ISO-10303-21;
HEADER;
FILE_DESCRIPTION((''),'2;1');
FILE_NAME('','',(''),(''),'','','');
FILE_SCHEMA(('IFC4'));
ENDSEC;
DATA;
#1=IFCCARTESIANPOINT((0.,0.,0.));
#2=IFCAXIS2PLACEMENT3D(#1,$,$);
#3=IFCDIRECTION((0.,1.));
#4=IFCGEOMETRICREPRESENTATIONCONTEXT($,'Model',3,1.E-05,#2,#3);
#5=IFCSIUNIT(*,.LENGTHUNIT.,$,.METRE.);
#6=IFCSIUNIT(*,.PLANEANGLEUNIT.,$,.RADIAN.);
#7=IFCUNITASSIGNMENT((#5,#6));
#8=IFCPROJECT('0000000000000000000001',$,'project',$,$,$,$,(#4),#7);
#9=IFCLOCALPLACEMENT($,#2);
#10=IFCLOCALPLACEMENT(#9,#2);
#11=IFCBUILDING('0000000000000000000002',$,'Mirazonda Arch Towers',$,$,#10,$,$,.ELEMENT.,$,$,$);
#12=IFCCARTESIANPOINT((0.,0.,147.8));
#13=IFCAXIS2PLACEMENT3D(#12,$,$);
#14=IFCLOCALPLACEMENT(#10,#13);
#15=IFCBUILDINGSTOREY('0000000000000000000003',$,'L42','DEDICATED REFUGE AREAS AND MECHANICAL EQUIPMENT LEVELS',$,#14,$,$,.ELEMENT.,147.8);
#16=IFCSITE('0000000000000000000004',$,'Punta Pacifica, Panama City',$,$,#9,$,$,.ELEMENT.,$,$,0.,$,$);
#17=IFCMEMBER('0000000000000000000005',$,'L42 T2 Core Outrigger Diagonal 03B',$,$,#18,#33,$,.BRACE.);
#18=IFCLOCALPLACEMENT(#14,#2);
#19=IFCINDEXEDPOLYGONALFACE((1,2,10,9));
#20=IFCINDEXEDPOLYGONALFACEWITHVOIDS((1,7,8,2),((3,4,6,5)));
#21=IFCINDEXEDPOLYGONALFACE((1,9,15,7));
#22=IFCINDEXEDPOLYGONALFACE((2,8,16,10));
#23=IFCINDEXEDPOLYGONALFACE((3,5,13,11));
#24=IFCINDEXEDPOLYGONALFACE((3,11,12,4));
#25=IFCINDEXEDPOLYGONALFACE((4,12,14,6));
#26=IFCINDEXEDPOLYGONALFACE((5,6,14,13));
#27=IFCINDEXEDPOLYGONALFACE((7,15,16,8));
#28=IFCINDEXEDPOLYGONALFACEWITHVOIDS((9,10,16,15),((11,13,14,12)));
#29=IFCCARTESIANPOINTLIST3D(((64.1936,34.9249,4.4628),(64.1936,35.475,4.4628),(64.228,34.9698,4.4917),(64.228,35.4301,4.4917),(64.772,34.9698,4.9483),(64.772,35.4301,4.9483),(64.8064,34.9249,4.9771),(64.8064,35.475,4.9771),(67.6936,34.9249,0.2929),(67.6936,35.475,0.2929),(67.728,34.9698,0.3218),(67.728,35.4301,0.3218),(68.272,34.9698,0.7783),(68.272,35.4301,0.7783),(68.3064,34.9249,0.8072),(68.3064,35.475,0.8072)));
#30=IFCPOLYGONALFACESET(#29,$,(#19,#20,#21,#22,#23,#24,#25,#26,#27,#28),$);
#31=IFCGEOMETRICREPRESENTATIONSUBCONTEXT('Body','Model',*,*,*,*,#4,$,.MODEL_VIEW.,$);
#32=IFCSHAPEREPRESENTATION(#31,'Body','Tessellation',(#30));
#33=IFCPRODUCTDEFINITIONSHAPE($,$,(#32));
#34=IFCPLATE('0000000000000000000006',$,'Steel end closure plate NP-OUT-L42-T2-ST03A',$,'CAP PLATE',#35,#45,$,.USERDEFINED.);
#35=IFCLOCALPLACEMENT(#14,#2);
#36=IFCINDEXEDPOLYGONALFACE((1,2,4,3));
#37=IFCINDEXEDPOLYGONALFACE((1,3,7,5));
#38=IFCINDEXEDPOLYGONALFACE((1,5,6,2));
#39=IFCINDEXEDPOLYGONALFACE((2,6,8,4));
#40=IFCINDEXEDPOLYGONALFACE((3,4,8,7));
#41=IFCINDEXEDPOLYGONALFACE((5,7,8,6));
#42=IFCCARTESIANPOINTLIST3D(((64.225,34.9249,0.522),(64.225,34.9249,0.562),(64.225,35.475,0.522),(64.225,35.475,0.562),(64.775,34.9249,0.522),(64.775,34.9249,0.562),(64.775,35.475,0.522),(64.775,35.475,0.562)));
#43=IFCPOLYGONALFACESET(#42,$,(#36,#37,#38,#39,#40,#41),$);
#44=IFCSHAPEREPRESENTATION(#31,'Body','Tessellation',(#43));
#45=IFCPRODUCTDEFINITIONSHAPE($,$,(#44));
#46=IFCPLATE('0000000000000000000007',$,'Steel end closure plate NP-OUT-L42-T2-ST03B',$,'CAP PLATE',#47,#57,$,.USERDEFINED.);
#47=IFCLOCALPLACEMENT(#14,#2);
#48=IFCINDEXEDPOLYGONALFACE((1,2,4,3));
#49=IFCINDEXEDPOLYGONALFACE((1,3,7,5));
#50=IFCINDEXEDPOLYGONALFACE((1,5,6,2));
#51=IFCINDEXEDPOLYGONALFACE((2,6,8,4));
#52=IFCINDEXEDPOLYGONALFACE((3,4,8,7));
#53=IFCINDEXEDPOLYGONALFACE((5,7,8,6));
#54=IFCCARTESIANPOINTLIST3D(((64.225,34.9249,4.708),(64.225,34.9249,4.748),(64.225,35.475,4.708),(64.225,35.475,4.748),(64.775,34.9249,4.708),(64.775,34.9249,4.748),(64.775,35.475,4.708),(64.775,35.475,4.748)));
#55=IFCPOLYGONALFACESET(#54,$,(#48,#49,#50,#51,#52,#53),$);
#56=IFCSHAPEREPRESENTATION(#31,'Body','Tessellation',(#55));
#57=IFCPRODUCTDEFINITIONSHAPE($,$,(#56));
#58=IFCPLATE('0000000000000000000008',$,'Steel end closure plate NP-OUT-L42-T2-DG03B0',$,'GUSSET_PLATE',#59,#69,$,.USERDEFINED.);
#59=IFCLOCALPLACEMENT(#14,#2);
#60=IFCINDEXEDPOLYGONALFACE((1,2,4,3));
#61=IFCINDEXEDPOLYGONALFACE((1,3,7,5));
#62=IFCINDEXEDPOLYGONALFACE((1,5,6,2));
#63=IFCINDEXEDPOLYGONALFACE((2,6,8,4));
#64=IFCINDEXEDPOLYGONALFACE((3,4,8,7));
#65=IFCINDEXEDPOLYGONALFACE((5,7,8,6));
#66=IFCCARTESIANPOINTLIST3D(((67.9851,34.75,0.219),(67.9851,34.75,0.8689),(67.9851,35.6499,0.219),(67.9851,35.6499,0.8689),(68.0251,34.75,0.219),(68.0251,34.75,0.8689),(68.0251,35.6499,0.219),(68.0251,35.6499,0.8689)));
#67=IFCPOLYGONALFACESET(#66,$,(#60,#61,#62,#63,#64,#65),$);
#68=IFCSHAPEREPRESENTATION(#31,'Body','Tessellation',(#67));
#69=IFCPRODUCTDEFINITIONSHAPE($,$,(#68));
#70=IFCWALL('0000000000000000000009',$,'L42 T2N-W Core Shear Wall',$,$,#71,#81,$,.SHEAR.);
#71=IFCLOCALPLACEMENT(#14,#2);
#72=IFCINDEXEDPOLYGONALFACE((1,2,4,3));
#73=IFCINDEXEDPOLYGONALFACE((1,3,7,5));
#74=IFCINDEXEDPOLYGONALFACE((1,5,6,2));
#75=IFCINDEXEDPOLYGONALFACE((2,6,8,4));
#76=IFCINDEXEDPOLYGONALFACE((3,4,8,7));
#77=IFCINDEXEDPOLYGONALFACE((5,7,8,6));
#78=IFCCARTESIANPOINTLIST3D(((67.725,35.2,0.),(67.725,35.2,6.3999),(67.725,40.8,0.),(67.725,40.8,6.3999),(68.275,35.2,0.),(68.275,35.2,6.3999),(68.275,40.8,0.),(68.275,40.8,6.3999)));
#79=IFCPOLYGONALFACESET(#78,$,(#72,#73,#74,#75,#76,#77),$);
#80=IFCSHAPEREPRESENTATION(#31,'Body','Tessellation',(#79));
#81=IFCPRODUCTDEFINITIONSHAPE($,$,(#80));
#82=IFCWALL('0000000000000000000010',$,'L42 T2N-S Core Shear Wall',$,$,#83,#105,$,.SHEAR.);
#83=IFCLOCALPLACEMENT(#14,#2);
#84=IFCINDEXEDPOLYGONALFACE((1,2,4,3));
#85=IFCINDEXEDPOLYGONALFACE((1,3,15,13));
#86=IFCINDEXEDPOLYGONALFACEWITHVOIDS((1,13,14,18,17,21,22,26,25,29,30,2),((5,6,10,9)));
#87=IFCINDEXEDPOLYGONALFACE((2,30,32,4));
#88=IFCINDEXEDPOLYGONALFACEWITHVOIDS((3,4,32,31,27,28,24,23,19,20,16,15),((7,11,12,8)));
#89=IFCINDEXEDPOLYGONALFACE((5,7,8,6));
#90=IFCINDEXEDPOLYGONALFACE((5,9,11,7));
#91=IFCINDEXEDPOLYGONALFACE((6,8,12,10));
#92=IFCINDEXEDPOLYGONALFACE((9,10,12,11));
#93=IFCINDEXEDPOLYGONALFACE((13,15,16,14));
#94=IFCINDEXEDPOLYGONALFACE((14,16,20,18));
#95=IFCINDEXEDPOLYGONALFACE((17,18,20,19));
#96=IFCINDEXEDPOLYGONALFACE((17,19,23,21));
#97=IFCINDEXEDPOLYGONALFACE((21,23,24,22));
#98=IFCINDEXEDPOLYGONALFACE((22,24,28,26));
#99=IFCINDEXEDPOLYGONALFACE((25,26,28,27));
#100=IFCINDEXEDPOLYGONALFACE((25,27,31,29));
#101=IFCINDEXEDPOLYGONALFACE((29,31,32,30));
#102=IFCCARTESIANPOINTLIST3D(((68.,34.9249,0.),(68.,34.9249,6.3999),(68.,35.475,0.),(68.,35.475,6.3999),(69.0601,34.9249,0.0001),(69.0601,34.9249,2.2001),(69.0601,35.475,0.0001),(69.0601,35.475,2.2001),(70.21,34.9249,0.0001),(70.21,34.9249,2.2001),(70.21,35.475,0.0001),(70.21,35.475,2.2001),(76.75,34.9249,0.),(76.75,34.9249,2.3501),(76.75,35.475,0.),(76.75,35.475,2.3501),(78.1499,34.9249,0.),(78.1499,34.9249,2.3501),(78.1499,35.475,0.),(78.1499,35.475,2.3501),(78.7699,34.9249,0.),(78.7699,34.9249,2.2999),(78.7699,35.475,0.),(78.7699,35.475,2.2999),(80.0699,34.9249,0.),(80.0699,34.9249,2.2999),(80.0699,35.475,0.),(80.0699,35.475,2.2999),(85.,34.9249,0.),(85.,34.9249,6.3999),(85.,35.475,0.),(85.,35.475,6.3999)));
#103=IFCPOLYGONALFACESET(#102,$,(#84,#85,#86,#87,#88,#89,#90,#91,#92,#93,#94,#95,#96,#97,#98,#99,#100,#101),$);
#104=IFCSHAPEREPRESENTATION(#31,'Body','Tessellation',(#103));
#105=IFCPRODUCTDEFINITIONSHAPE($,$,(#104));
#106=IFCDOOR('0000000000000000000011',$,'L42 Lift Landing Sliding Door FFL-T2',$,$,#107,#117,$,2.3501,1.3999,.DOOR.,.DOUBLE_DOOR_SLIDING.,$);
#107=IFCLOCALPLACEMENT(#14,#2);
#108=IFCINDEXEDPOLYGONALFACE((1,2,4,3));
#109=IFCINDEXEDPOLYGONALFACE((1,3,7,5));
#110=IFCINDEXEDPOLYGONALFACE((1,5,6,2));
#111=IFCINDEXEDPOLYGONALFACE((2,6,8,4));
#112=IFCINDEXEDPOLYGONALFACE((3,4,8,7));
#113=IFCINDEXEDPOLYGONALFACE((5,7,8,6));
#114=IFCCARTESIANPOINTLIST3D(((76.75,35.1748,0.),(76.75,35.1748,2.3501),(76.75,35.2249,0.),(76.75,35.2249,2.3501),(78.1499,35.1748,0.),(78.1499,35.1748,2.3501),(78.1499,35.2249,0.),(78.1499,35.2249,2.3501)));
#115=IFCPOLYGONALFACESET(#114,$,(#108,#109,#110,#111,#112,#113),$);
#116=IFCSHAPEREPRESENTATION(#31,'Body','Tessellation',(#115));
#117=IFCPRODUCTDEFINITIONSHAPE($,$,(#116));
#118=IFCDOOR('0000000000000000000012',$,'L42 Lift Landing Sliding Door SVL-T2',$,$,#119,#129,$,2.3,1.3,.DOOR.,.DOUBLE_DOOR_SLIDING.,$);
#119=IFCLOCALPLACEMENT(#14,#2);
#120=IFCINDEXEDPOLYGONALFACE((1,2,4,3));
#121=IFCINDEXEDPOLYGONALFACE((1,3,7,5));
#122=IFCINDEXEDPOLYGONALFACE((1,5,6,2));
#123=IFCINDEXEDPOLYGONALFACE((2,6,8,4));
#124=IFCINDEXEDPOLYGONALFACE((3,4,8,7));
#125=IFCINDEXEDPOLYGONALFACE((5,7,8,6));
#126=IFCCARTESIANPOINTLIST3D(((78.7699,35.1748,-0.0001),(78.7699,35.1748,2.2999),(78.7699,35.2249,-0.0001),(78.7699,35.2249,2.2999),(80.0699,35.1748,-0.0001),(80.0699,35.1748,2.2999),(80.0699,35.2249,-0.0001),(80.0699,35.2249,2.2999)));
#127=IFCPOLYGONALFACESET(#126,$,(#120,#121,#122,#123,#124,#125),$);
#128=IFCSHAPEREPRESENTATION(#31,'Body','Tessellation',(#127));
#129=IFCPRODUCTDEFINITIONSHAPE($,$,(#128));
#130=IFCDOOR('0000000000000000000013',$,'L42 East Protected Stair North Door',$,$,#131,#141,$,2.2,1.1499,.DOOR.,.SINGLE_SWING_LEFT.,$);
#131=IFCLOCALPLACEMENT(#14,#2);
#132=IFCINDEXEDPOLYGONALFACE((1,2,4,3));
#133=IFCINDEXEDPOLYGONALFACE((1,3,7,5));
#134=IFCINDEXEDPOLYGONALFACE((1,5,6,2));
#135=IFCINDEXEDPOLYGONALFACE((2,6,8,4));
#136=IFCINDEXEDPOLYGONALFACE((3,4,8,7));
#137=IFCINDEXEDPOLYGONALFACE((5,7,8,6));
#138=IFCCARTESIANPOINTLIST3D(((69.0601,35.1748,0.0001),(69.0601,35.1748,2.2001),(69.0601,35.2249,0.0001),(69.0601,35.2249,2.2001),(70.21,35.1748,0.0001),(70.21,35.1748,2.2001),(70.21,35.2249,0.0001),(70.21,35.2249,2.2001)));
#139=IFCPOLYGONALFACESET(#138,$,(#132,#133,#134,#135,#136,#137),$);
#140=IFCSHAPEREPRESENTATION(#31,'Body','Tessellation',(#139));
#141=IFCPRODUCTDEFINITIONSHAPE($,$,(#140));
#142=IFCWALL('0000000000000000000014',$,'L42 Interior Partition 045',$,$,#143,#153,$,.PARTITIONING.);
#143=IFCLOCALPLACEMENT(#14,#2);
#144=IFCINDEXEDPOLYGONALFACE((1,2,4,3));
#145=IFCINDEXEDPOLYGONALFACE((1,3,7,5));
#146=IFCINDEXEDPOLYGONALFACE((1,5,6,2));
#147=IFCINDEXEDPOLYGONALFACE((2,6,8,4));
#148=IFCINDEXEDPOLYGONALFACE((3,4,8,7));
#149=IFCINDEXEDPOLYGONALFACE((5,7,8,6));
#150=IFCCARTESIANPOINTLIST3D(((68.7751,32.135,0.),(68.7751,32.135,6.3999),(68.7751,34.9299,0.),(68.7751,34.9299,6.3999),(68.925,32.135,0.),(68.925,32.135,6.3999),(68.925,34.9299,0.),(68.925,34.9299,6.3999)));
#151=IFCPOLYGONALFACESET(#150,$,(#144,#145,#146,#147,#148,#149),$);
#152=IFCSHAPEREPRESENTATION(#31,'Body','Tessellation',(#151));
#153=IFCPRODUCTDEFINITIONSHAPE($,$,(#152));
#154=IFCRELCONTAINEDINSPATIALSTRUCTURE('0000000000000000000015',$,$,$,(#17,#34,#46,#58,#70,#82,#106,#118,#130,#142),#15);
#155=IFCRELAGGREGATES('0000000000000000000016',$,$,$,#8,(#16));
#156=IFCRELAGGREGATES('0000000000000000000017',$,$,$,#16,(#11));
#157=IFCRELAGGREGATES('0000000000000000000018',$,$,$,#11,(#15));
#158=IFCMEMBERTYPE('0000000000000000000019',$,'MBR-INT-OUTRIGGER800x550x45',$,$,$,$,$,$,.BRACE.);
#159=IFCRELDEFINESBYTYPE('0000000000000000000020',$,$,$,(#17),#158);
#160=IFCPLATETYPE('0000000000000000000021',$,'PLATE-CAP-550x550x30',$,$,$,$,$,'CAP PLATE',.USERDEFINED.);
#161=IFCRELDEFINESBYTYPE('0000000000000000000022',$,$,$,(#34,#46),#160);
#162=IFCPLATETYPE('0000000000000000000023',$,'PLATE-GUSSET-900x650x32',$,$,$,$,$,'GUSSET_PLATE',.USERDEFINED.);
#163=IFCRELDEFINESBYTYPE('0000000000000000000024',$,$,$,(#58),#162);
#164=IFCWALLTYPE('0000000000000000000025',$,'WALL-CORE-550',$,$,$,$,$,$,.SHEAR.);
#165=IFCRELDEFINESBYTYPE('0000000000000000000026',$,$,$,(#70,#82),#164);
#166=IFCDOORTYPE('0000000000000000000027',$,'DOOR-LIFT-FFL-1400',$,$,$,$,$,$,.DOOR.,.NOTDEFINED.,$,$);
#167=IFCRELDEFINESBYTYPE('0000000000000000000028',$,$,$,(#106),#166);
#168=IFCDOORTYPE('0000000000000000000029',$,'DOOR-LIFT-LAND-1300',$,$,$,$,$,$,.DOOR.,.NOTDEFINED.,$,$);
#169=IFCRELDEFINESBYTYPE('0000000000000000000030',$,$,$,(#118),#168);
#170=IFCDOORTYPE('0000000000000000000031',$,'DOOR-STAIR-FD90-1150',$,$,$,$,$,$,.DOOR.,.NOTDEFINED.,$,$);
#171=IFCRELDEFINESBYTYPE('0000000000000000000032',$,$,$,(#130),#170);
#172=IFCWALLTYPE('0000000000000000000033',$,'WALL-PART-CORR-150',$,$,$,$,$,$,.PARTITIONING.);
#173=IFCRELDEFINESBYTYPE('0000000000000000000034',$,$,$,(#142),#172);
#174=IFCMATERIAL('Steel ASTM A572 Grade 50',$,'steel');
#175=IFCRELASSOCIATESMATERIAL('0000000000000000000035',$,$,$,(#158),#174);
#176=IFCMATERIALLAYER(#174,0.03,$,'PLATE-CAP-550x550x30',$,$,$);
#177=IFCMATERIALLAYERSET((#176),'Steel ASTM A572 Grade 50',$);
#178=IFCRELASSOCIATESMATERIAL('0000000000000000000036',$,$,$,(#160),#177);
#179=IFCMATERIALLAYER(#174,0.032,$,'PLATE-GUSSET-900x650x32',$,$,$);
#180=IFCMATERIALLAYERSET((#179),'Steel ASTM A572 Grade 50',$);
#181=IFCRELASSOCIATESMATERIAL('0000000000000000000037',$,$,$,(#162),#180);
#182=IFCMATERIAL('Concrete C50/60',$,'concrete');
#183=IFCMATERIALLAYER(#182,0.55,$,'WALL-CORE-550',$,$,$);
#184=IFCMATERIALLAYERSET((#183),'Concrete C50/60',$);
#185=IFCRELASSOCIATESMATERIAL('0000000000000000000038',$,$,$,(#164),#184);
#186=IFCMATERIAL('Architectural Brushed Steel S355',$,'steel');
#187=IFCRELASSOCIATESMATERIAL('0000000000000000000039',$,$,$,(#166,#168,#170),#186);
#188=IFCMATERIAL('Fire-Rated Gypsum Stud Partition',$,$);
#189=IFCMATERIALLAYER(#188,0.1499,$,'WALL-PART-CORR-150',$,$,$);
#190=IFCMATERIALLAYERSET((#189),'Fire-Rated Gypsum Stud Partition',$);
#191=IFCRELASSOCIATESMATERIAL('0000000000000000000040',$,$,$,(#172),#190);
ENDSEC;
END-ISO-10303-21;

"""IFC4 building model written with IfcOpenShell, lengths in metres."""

from ifc_helpers import new_model, si_unit, direction, frame, frame_2d, origin, origin_2d, place, context, subcontext, project, spatial, rectangle, hollow_rectangle, extrude, material, layer, layer_set, material_profile, profile_set, type_object, element, fill, save


model = new_model("IFC4")

# Units and contexts
model_context = context("Model", 3, precision=1e-05, world=origin(), true_north=direction((0.0, 1.0)))
body_context = subcontext(model_context, "Body", "Model", "MODEL_VIEW")
ifc_project = project(units=[si_unit("LENGTHUNIT", "METRE"), si_unit("PLANEANGLEUNIT", "RADIAN")], contexts=[model_context])

# Site, building, storey
site_placement = place(None, origin())
site = spatial("IfcSite", under=ifc_project, at=site_placement, Name="Punta Pacifica, Panama City", CompositionType="ELEMENT", RefElevation=0.0)
building_placement = place(site_placement, origin())
building = spatial("IfcBuilding", under=site, at=building_placement, Name="Mirazonda Arch Towers", CompositionType="ELEMENT")
storey_placement = place(building_placement, frame((0.0, 0.0, 147.8)))
storey = spatial("IfcBuildingStorey", under=building, at=storey_placement, Name="L42", Description="DEDICATED REFUGE AREAS AND MECHANICAL EQUIPMENT LEVELS", CompositionType="ELEMENT", Elevation=147.8)

# Shared definitions
ifc_material_1 = material(Name="Concrete C50/60", Category="concrete")

# Member
ifc_material_2 = material(Name="Steel ASTM A572 Grade 50", Category="steel")
ifc_material_profile_1 = material_profile(ifc_material_2, hollow_rectangle(XDim=0.55, YDim=0.8, WallThickness=0.0449, at=origin_2d()), Name="OUTRIGGER800x550x45")
ifc_profile_set_1 = profile_set([ifc_material_profile_1], Name="Steel ASTM A572 Grade 50")
member_type_1 = type_object("IfcMemberType", Name="MBR-INT-OUTRIGGER800x550x45", PredefinedType="BRACE", material=ifc_profile_set_1)
member_1_placement = place(storey_placement, frame((68.0, 35.2, 0.55), z_axis=(-0.642898, 0.0, 0.765952), x_axis=(0.0, -1.0, 0.0)))
element("IfcMember", 1, at=member_1_placement, inside=storey, type_object=member_type_1, Name="L42 T2 Core Outrigger Diagonal 03B", PredefinedType="BRACE", context=body_context, shape_type="SweptSolid", body=[
    extrude(hollow_rectangle(XDim=0.55, YDim=0.8, WallThickness=0.0449, at=origin_2d()), origin(), (0.0, 0.0, 1.0), 5.4441),
])

# Plates
ifc_layer_1 = layer(ifc_material_2, 0.03, Name="PLATE-CAP-550x550x30")
ifc_layer_set_1 = layer_set([ifc_layer_1], Name="Steel ASTM A572 Grade 50")
plate_type_1 = type_object("IfcPlateType", Name="PLATE-CAP-550x550x30", ElementType="CAP PLATE", PredefinedType="USERDEFINED", material=ifc_layer_set_1)
for number, where, z_axis, x_axis, name in (
    (2, (64.5, 35.2, 0.522), (0.0, 0.0, 1.0), (1.0, 0.0, 0.0), "Steel end closure plate NP-OUT-L42-T2-ST03A"),
    (3, (64.5, 35.2, 4.708), (0.0, 0.0, 1.0), (1.0, 0.0, 0.0), "Steel end closure plate NP-OUT-L42-T2-ST03B"),
):
    element("IfcPlate", number, at=place(storey_placement, frame(where, z_axis=z_axis, x_axis=x_axis)), inside=storey, type_object=plate_type_1, Name=name, ObjectType="CAP PLATE", PredefinedType="USERDEFINED", context=body_context, shape_type="SweptSolid", body=[
        extrude(rectangle(XDim=0.55, YDim=0.55, at=origin_2d()), origin(), (0.0, 0.0, 1.0), 0.04),
    ])
ifc_layer_2 = layer(ifc_material_2, 0.032, Name="PLATE-GUSSET-900x650x32")
ifc_layer_set_2 = layer_set([ifc_layer_2], Name="Steel ASTM A572 Grade 50")
plate_type_2 = type_object("IfcPlateType", Name="PLATE-GUSSET-900x650x32", ElementType="GUSSET_PLATE", PredefinedType="USERDEFINED", material=ifc_layer_set_2)
plate_placement = place(storey_placement, frame((68.0051, 35.2, 0.219), z_axis=(0.0, 0.0, 1.0), x_axis=(1.0, 0.0, 0.0)))
element("IfcPlate", 4, at=plate_placement, inside=storey, type_object=plate_type_2, Name="Steel end closure plate NP-OUT-L42-T2-DG03B0", ObjectType="GUSSET_PLATE", PredefinedType="USERDEFINED", context=body_context, shape_type="SweptSolid", body=[
    extrude(rectangle(XDim=0.04, YDim=0.8999, at=origin_2d()), origin(), (0.0, 0.0, 1.0), 0.6499),
])

# Wall
ifc_layer_3 = layer(ifc_material_1, 0.55, Name="WALL-CORE-550")
ifc_layer_set_3 = layer_set([ifc_layer_3], Name="Concrete C50/60")
wall_type_1 = type_object("IfcWallType", Name="WALL-CORE-550", PredefinedType="SHEAR", material=ifc_layer_set_3)
wall_1_placement = place(storey_placement, frame((68.0, 35.2, 0.0), z_axis=(0.0, 0.0, 1.0), x_axis=(0.0, 1.0, 0.0)))
element("IfcWall", 5, at=wall_1_placement, inside=storey, type_object=wall_type_1, Name="L42 T2N-W Core Shear Wall", PredefinedType="SHEAR", context=body_context, shape_type="SweptSolid", body=[
    extrude(rectangle(XDim=5.6001, YDim=0.55, at=frame_2d((2.8, 0.0))), origin(), (0.0, 0.0, 1.0), 6.3999),
])

# Wall, openings, doors
wall_2_placement = place(storey_placement, frame((68.0, 35.2, 0.0), z_axis=(0.0, 0.0, 1.0), x_axis=(1.0, 0.0, 0.0)))
wall_2 = element("IfcWall", 6, at=wall_2_placement, inside=storey, type_object=wall_type_1, Name="L42 T2N-S Core Shear Wall", PredefinedType="SHEAR", context=body_context, shape_type="SweptSolid", body=[
    extrude(rectangle(XDim=17.0, YDim=0.55, at=frame_2d((8.5, 0.0))), origin(), (0.0, 0.0, 1.0), 6.3999),
])
opening_1_placement = place(wall_2_placement, frame((1.0601, 0.0, 0.0)))
opening_1 = element("IfcOpeningElement", 7, at=opening_1_placement, cuts=wall_2, PredefinedType="OPENING", context=body_context, shape_type="SweptSolid", body=[
    extrude(rectangle(XDim=1.1499, YDim=2.2, at=frame_2d((0.575, 1.1001))), frame((0.0, 0.2849, 0.0), z_axis=(0.0, -1.0, 0.0), x_axis=(1.0, 0.0, 0.0)), (0.0, 0.0, 1.0), 0.5701),
])
opening_2_placement = place(wall_2_placement, frame((8.75, 0.0, 0.0)))
opening_2 = element("IfcOpeningElement", 8, at=opening_2_placement, cuts=wall_2, PredefinedType="OPENING", context=body_context, shape_type="SweptSolid", body=[
    extrude(rectangle(XDim=1.3999, YDim=2.3501, at=frame_2d((0.7, 1.175))), frame((0.0, 0.2849, 0.0), z_axis=(0.0, -1.0, 0.0), x_axis=(1.0, 0.0, 0.0)), (0.0, 0.0, 1.0), 0.5701),
])
opening_3_placement = place(wall_2_placement, frame((10.77, 0.0, 0.0)))
opening_3 = element("IfcOpeningElement", 9, at=opening_3_placement, cuts=wall_2, PredefinedType="OPENING", context=body_context, shape_type="SweptSolid", body=[
    extrude(rectangle(XDim=1.3, YDim=2.3, at=frame_2d((0.6499, 1.1499))), frame((0.0, 0.2849, 0.0), z_axis=(0.0, -1.0, 0.0), x_axis=(1.0, 0.0, 0.0)), (0.0, 0.0, 1.0), 0.5701),
])
ifc_material_3 = material(Name="Architectural Brushed Steel S355", Category="steel")
door_type_1 = type_object("IfcDoorType", Name="DOOR-LIFT-FFL-1400", OperationType="NOTDEFINED", PredefinedType="DOOR", material=ifc_material_3)
door_1_placement = place(opening_2_placement, origin())
door_1 = element("IfcDoor", 10, at=door_1_placement, inside=storey, type_object=door_type_1, Name="L42 Lift Landing Sliding Door FFL-T2", OperationType="DOUBLE_DOOR_SLIDING", OverallHeight=2.3501, OverallWidth=1.3999, PredefinedType="DOOR", context=body_context, shape_type="SweptSolid", body=[
    extrude(rectangle(XDim=1.3999, YDim=2.3501, at=frame_2d((0.7, 1.175))), frame((0.0, 0.0249, 0.0), z_axis=(0.0, -1.0, 0.0), x_axis=(1.0, 0.0, 0.0)), (0.0, 0.0, 1.0), 0.05),
])
fill(opening_2, door_1)
door_type_2 = type_object("IfcDoorType", Name="DOOR-LIFT-LAND-1300", OperationType="NOTDEFINED", PredefinedType="DOOR", material=ifc_material_3)
door_2_placement = place(opening_3_placement, origin())
door_2 = element("IfcDoor", 11, at=door_2_placement, inside=storey, type_object=door_type_2, Name="L42 Lift Landing Sliding Door SVL-T2", OperationType="DOUBLE_DOOR_SLIDING", OverallHeight=2.3, OverallWidth=1.3, PredefinedType="DOOR", context=body_context, shape_type="SweptSolid", body=[
    extrude(rectangle(XDim=1.3, YDim=2.3, at=frame_2d((0.6499, 1.1499))), frame((0.0, 0.0249, 0.0), z_axis=(0.0, -1.0, 0.0), x_axis=(1.0, 0.0, 0.0)), (0.0, 0.0, 1.0), 0.05),
])
fill(opening_3, door_2)
door_type_3 = type_object("IfcDoorType", Name="DOOR-STAIR-FD90-1150", OperationType="NOTDEFINED", PredefinedType="DOOR", material=ifc_material_3)
door_3_placement = place(opening_1_placement, origin())
door_3 = element("IfcDoor", 12, at=door_3_placement, inside=storey, type_object=door_type_3, Name="L42 East Protected Stair North Door", OperationType="SINGLE_SWING_LEFT", OverallHeight=2.2, OverallWidth=1.1499, PredefinedType="DOOR", context=body_context, shape_type="SweptSolid", body=[
    extrude(rectangle(XDim=1.1499, YDim=2.2, at=frame_2d((0.575, 1.1001))), frame((0.0, 0.0249, 0.0), z_axis=(0.0, -1.0, 0.0), x_axis=(1.0, 0.0, 0.0)), (0.0, 0.0, 1.0), 0.05),
])
fill(opening_1, door_3)

# Wall
ifc_material_4 = material(Name="Fire-Rated Gypsum Stud Partition")
ifc_layer_4 = layer(ifc_material_4, 0.1499, Name="WALL-PART-CORR-150")
ifc_layer_set_4 = layer_set([ifc_layer_4], Name="Fire-Rated Gypsum Stud Partition")
wall_type_2 = type_object("IfcWallType", Name="WALL-PART-CORR-150", PredefinedType="PARTITIONING", material=ifc_layer_set_4)
wall_3_placement = place(storey_placement, frame((68.8501, 32.135, 0.0), z_axis=(0.0, 0.0, 1.0), x_axis=(0.0, 1.0, 0.0)))
element("IfcWall", 13, at=wall_3_placement, inside=storey, type_object=wall_type_2, Name="L42 Interior Partition 045", PredefinedType="PARTITIONING", context=body_context, shape_type="SweptSolid", body=[
    extrude(rectangle(XDim=2.7949, YDim=0.1499, at=frame_2d((1.3975, 0.0))), origin(), (0.0, 0.0, 1.0), 6.3999),
])

save(model, "model.ifc")
